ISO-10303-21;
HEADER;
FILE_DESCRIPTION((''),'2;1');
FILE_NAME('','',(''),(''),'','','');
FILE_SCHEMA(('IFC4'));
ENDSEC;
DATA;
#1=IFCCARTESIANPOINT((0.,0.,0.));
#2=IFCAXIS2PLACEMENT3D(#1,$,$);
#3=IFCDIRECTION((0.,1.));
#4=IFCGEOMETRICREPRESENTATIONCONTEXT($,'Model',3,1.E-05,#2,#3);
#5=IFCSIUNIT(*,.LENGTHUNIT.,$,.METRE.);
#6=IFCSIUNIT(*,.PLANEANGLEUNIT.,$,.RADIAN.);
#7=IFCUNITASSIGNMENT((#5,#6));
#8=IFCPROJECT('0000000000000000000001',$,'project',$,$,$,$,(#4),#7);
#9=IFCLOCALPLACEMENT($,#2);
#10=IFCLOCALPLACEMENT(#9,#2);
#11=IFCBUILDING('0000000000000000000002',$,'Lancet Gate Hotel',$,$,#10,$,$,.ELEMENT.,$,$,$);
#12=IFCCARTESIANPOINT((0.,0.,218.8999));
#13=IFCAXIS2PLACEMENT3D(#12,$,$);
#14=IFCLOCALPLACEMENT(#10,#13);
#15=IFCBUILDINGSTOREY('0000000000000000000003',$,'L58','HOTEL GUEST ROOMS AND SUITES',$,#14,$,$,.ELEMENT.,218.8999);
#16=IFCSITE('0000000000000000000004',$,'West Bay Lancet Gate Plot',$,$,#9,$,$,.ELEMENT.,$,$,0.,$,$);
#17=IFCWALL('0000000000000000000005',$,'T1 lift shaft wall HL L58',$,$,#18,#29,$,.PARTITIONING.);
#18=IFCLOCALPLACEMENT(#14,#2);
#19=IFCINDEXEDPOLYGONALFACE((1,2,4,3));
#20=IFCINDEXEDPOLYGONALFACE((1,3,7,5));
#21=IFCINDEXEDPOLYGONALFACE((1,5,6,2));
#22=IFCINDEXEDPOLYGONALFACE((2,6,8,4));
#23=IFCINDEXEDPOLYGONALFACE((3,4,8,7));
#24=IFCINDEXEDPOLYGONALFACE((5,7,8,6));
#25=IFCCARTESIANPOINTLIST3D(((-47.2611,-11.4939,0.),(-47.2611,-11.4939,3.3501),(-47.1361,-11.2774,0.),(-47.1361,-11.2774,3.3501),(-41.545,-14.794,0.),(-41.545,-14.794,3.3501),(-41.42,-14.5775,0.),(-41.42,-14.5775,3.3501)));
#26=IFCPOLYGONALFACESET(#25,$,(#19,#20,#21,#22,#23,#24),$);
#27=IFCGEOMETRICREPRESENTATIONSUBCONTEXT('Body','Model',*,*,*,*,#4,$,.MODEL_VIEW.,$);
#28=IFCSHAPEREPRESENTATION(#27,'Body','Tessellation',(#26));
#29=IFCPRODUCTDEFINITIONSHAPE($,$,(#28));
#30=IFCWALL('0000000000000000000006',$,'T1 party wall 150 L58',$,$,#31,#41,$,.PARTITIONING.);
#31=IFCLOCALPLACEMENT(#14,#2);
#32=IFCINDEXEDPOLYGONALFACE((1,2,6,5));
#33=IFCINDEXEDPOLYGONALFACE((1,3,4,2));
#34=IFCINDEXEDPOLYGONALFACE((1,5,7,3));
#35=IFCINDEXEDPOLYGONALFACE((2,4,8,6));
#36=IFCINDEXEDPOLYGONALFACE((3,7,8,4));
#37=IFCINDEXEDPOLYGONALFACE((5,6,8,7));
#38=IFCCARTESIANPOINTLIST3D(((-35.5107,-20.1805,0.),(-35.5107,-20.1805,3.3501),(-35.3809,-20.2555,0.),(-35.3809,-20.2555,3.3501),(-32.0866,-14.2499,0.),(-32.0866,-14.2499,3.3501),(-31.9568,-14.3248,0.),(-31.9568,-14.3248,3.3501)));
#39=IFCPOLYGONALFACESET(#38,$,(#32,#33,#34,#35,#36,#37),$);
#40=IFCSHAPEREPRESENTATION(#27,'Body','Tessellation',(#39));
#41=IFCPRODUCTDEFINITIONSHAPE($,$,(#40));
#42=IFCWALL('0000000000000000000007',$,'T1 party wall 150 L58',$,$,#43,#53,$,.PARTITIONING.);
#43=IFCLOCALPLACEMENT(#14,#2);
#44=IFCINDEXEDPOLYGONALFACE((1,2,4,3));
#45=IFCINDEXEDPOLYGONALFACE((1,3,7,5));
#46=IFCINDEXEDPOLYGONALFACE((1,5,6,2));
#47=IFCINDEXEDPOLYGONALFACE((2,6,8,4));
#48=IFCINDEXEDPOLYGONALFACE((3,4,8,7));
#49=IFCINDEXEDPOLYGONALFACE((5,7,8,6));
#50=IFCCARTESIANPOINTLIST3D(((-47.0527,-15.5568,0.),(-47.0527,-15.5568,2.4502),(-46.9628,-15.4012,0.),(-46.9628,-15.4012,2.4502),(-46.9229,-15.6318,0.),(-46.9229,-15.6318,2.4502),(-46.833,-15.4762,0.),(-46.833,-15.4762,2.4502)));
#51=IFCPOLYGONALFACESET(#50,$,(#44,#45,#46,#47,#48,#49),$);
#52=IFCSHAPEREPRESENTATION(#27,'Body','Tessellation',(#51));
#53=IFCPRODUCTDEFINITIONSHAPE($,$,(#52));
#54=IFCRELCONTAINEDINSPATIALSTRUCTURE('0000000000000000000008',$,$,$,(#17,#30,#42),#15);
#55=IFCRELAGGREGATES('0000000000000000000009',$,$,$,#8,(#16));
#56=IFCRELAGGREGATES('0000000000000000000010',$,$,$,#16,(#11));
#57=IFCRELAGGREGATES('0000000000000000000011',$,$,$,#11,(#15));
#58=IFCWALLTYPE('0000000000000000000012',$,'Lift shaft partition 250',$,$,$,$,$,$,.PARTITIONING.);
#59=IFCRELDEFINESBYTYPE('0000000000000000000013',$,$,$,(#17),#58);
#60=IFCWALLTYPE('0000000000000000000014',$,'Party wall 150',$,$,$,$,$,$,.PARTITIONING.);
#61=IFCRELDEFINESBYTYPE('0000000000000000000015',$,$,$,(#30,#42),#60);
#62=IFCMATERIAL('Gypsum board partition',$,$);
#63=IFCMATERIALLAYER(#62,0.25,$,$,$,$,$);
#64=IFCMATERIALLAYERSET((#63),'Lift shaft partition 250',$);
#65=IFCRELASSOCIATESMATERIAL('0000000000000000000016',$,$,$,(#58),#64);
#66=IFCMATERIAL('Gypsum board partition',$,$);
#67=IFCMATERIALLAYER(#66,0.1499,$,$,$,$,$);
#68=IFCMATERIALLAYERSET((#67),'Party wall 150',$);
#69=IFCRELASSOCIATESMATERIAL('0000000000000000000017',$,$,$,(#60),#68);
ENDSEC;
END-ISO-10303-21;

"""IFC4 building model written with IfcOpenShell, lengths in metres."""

from ifc_helpers import new_model, si_unit, direction, frame, frame_2d, origin, place, context, subcontext, project, spatial, rectangle, extrude, material, layer, layer_set, type_object, element, save


model = new_model("IFC4")

# Units and contexts
model_context = context("Model", 3, precision=1e-05, world=origin(), true_north=direction((0.0, 1.0)))
body_context = subcontext(model_context, "Body", "Model", "MODEL_VIEW")
ifc_project = project(units=[si_unit("LENGTHUNIT", "METRE"), si_unit("PLANEANGLEUNIT", "RADIAN")], contexts=[model_context])

# Site, building, storey
site_placement = place(None, origin())
site = spatial("IfcSite", under=ifc_project, at=site_placement, Name="West Bay Lancet Gate Plot", CompositionType="ELEMENT", RefElevation=0.0)
building_placement = place(site_placement, origin())
building = spatial("IfcBuilding", under=site, at=building_placement, Name="Lancet Gate Hotel", CompositionType="ELEMENT")
storey_placement = place(building_placement, frame((0.0, 0.0, 218.8999)))
storey = spatial("IfcBuildingStorey", under=building, at=storey_placement, Name="L58", Description="HOTEL GUEST ROOMS AND SUITES", CompositionType="ELEMENT", Elevation=218.8999)

# Walls
ifc_material_1 = material(Name="Gypsum board partition")
ifc_layer_1 = layer(ifc_material_1, 0.25)
ifc_layer_set_1 = layer_set([ifc_layer_1], Name="Lift shaft partition 250")
wall_type_1 = type_object("IfcWallType", Name="Lift shaft partition 250", PredefinedType="PARTITIONING", material=ifc_layer_set_1)
wall_1_placement = place(storey_placement, frame((-41.4824, -14.6858, 0.0), z_axis=(0.0, 0.0, 1.0), x_axis=(-0.866033, 0.499986, 0.0)))
element("IfcWall", 1, at=wall_1_placement, inside=storey, type_object=wall_type_1, Name="T1 lift shaft wall HL L58", PredefinedType="PARTITIONING", context=body_context, shape_type="SweptSolid", body=[
    extrude(rectangle(XDim=6.6003, YDim=0.25, at=frame_2d((3.3003, 0.0))), origin(), (0.0, 0.0, 1.0), 3.3501),
])
ifc_material_2 = material(Name="Gypsum board partition")
ifc_layer_2 = layer(ifc_material_2, 0.1499)
ifc_layer_set_2 = layer_set([ifc_layer_2], Name="Party wall 150")
wall_type_2 = type_object("IfcWallType", Name="Party wall 150", PredefinedType="PARTITIONING", material=ifc_layer_set_2)
wall_2_placement = place(storey_placement, frame((-32.0217, -14.2874, 0.0), z_axis=(0.0, 0.0, 1.0), x_axis=(-0.5, -0.866025, 0.0)))
element("IfcWall", 2, at=wall_2_placement, inside=storey, type_object=wall_type_2, Name="T1 party wall 150 L58", PredefinedType="PARTITIONING", context=body_context, shape_type="SweptSolid", body=[
    extrude(rectangle(XDim=6.8481, YDim=0.1499, at=frame_2d((3.4241, 0.0))), origin(), (0.0, 0.0, 1.0), 3.3501),
])
wall_3_placement = place(storey_placement, frame((-46.8979, -15.4387, 0.0), z_axis=(0.0, 0.0, 1.0), x_axis=(-0.500232, -0.865891, 0.0)))
element("IfcWall", 3, at=wall_3_placement, inside=storey, type_object=wall_type_2, Name="T1 party wall 150 L58", PredefinedType="PARTITIONING", context=body_context, shape_type="SweptSolid", body=[
    extrude(rectangle(XDim=0.1797, YDim=0.1499, at=frame_2d((0.0898, 0.0))), origin(), (0.0, 0.0, 1.0), 2.4502),
])

save(model, "model.ifc")
